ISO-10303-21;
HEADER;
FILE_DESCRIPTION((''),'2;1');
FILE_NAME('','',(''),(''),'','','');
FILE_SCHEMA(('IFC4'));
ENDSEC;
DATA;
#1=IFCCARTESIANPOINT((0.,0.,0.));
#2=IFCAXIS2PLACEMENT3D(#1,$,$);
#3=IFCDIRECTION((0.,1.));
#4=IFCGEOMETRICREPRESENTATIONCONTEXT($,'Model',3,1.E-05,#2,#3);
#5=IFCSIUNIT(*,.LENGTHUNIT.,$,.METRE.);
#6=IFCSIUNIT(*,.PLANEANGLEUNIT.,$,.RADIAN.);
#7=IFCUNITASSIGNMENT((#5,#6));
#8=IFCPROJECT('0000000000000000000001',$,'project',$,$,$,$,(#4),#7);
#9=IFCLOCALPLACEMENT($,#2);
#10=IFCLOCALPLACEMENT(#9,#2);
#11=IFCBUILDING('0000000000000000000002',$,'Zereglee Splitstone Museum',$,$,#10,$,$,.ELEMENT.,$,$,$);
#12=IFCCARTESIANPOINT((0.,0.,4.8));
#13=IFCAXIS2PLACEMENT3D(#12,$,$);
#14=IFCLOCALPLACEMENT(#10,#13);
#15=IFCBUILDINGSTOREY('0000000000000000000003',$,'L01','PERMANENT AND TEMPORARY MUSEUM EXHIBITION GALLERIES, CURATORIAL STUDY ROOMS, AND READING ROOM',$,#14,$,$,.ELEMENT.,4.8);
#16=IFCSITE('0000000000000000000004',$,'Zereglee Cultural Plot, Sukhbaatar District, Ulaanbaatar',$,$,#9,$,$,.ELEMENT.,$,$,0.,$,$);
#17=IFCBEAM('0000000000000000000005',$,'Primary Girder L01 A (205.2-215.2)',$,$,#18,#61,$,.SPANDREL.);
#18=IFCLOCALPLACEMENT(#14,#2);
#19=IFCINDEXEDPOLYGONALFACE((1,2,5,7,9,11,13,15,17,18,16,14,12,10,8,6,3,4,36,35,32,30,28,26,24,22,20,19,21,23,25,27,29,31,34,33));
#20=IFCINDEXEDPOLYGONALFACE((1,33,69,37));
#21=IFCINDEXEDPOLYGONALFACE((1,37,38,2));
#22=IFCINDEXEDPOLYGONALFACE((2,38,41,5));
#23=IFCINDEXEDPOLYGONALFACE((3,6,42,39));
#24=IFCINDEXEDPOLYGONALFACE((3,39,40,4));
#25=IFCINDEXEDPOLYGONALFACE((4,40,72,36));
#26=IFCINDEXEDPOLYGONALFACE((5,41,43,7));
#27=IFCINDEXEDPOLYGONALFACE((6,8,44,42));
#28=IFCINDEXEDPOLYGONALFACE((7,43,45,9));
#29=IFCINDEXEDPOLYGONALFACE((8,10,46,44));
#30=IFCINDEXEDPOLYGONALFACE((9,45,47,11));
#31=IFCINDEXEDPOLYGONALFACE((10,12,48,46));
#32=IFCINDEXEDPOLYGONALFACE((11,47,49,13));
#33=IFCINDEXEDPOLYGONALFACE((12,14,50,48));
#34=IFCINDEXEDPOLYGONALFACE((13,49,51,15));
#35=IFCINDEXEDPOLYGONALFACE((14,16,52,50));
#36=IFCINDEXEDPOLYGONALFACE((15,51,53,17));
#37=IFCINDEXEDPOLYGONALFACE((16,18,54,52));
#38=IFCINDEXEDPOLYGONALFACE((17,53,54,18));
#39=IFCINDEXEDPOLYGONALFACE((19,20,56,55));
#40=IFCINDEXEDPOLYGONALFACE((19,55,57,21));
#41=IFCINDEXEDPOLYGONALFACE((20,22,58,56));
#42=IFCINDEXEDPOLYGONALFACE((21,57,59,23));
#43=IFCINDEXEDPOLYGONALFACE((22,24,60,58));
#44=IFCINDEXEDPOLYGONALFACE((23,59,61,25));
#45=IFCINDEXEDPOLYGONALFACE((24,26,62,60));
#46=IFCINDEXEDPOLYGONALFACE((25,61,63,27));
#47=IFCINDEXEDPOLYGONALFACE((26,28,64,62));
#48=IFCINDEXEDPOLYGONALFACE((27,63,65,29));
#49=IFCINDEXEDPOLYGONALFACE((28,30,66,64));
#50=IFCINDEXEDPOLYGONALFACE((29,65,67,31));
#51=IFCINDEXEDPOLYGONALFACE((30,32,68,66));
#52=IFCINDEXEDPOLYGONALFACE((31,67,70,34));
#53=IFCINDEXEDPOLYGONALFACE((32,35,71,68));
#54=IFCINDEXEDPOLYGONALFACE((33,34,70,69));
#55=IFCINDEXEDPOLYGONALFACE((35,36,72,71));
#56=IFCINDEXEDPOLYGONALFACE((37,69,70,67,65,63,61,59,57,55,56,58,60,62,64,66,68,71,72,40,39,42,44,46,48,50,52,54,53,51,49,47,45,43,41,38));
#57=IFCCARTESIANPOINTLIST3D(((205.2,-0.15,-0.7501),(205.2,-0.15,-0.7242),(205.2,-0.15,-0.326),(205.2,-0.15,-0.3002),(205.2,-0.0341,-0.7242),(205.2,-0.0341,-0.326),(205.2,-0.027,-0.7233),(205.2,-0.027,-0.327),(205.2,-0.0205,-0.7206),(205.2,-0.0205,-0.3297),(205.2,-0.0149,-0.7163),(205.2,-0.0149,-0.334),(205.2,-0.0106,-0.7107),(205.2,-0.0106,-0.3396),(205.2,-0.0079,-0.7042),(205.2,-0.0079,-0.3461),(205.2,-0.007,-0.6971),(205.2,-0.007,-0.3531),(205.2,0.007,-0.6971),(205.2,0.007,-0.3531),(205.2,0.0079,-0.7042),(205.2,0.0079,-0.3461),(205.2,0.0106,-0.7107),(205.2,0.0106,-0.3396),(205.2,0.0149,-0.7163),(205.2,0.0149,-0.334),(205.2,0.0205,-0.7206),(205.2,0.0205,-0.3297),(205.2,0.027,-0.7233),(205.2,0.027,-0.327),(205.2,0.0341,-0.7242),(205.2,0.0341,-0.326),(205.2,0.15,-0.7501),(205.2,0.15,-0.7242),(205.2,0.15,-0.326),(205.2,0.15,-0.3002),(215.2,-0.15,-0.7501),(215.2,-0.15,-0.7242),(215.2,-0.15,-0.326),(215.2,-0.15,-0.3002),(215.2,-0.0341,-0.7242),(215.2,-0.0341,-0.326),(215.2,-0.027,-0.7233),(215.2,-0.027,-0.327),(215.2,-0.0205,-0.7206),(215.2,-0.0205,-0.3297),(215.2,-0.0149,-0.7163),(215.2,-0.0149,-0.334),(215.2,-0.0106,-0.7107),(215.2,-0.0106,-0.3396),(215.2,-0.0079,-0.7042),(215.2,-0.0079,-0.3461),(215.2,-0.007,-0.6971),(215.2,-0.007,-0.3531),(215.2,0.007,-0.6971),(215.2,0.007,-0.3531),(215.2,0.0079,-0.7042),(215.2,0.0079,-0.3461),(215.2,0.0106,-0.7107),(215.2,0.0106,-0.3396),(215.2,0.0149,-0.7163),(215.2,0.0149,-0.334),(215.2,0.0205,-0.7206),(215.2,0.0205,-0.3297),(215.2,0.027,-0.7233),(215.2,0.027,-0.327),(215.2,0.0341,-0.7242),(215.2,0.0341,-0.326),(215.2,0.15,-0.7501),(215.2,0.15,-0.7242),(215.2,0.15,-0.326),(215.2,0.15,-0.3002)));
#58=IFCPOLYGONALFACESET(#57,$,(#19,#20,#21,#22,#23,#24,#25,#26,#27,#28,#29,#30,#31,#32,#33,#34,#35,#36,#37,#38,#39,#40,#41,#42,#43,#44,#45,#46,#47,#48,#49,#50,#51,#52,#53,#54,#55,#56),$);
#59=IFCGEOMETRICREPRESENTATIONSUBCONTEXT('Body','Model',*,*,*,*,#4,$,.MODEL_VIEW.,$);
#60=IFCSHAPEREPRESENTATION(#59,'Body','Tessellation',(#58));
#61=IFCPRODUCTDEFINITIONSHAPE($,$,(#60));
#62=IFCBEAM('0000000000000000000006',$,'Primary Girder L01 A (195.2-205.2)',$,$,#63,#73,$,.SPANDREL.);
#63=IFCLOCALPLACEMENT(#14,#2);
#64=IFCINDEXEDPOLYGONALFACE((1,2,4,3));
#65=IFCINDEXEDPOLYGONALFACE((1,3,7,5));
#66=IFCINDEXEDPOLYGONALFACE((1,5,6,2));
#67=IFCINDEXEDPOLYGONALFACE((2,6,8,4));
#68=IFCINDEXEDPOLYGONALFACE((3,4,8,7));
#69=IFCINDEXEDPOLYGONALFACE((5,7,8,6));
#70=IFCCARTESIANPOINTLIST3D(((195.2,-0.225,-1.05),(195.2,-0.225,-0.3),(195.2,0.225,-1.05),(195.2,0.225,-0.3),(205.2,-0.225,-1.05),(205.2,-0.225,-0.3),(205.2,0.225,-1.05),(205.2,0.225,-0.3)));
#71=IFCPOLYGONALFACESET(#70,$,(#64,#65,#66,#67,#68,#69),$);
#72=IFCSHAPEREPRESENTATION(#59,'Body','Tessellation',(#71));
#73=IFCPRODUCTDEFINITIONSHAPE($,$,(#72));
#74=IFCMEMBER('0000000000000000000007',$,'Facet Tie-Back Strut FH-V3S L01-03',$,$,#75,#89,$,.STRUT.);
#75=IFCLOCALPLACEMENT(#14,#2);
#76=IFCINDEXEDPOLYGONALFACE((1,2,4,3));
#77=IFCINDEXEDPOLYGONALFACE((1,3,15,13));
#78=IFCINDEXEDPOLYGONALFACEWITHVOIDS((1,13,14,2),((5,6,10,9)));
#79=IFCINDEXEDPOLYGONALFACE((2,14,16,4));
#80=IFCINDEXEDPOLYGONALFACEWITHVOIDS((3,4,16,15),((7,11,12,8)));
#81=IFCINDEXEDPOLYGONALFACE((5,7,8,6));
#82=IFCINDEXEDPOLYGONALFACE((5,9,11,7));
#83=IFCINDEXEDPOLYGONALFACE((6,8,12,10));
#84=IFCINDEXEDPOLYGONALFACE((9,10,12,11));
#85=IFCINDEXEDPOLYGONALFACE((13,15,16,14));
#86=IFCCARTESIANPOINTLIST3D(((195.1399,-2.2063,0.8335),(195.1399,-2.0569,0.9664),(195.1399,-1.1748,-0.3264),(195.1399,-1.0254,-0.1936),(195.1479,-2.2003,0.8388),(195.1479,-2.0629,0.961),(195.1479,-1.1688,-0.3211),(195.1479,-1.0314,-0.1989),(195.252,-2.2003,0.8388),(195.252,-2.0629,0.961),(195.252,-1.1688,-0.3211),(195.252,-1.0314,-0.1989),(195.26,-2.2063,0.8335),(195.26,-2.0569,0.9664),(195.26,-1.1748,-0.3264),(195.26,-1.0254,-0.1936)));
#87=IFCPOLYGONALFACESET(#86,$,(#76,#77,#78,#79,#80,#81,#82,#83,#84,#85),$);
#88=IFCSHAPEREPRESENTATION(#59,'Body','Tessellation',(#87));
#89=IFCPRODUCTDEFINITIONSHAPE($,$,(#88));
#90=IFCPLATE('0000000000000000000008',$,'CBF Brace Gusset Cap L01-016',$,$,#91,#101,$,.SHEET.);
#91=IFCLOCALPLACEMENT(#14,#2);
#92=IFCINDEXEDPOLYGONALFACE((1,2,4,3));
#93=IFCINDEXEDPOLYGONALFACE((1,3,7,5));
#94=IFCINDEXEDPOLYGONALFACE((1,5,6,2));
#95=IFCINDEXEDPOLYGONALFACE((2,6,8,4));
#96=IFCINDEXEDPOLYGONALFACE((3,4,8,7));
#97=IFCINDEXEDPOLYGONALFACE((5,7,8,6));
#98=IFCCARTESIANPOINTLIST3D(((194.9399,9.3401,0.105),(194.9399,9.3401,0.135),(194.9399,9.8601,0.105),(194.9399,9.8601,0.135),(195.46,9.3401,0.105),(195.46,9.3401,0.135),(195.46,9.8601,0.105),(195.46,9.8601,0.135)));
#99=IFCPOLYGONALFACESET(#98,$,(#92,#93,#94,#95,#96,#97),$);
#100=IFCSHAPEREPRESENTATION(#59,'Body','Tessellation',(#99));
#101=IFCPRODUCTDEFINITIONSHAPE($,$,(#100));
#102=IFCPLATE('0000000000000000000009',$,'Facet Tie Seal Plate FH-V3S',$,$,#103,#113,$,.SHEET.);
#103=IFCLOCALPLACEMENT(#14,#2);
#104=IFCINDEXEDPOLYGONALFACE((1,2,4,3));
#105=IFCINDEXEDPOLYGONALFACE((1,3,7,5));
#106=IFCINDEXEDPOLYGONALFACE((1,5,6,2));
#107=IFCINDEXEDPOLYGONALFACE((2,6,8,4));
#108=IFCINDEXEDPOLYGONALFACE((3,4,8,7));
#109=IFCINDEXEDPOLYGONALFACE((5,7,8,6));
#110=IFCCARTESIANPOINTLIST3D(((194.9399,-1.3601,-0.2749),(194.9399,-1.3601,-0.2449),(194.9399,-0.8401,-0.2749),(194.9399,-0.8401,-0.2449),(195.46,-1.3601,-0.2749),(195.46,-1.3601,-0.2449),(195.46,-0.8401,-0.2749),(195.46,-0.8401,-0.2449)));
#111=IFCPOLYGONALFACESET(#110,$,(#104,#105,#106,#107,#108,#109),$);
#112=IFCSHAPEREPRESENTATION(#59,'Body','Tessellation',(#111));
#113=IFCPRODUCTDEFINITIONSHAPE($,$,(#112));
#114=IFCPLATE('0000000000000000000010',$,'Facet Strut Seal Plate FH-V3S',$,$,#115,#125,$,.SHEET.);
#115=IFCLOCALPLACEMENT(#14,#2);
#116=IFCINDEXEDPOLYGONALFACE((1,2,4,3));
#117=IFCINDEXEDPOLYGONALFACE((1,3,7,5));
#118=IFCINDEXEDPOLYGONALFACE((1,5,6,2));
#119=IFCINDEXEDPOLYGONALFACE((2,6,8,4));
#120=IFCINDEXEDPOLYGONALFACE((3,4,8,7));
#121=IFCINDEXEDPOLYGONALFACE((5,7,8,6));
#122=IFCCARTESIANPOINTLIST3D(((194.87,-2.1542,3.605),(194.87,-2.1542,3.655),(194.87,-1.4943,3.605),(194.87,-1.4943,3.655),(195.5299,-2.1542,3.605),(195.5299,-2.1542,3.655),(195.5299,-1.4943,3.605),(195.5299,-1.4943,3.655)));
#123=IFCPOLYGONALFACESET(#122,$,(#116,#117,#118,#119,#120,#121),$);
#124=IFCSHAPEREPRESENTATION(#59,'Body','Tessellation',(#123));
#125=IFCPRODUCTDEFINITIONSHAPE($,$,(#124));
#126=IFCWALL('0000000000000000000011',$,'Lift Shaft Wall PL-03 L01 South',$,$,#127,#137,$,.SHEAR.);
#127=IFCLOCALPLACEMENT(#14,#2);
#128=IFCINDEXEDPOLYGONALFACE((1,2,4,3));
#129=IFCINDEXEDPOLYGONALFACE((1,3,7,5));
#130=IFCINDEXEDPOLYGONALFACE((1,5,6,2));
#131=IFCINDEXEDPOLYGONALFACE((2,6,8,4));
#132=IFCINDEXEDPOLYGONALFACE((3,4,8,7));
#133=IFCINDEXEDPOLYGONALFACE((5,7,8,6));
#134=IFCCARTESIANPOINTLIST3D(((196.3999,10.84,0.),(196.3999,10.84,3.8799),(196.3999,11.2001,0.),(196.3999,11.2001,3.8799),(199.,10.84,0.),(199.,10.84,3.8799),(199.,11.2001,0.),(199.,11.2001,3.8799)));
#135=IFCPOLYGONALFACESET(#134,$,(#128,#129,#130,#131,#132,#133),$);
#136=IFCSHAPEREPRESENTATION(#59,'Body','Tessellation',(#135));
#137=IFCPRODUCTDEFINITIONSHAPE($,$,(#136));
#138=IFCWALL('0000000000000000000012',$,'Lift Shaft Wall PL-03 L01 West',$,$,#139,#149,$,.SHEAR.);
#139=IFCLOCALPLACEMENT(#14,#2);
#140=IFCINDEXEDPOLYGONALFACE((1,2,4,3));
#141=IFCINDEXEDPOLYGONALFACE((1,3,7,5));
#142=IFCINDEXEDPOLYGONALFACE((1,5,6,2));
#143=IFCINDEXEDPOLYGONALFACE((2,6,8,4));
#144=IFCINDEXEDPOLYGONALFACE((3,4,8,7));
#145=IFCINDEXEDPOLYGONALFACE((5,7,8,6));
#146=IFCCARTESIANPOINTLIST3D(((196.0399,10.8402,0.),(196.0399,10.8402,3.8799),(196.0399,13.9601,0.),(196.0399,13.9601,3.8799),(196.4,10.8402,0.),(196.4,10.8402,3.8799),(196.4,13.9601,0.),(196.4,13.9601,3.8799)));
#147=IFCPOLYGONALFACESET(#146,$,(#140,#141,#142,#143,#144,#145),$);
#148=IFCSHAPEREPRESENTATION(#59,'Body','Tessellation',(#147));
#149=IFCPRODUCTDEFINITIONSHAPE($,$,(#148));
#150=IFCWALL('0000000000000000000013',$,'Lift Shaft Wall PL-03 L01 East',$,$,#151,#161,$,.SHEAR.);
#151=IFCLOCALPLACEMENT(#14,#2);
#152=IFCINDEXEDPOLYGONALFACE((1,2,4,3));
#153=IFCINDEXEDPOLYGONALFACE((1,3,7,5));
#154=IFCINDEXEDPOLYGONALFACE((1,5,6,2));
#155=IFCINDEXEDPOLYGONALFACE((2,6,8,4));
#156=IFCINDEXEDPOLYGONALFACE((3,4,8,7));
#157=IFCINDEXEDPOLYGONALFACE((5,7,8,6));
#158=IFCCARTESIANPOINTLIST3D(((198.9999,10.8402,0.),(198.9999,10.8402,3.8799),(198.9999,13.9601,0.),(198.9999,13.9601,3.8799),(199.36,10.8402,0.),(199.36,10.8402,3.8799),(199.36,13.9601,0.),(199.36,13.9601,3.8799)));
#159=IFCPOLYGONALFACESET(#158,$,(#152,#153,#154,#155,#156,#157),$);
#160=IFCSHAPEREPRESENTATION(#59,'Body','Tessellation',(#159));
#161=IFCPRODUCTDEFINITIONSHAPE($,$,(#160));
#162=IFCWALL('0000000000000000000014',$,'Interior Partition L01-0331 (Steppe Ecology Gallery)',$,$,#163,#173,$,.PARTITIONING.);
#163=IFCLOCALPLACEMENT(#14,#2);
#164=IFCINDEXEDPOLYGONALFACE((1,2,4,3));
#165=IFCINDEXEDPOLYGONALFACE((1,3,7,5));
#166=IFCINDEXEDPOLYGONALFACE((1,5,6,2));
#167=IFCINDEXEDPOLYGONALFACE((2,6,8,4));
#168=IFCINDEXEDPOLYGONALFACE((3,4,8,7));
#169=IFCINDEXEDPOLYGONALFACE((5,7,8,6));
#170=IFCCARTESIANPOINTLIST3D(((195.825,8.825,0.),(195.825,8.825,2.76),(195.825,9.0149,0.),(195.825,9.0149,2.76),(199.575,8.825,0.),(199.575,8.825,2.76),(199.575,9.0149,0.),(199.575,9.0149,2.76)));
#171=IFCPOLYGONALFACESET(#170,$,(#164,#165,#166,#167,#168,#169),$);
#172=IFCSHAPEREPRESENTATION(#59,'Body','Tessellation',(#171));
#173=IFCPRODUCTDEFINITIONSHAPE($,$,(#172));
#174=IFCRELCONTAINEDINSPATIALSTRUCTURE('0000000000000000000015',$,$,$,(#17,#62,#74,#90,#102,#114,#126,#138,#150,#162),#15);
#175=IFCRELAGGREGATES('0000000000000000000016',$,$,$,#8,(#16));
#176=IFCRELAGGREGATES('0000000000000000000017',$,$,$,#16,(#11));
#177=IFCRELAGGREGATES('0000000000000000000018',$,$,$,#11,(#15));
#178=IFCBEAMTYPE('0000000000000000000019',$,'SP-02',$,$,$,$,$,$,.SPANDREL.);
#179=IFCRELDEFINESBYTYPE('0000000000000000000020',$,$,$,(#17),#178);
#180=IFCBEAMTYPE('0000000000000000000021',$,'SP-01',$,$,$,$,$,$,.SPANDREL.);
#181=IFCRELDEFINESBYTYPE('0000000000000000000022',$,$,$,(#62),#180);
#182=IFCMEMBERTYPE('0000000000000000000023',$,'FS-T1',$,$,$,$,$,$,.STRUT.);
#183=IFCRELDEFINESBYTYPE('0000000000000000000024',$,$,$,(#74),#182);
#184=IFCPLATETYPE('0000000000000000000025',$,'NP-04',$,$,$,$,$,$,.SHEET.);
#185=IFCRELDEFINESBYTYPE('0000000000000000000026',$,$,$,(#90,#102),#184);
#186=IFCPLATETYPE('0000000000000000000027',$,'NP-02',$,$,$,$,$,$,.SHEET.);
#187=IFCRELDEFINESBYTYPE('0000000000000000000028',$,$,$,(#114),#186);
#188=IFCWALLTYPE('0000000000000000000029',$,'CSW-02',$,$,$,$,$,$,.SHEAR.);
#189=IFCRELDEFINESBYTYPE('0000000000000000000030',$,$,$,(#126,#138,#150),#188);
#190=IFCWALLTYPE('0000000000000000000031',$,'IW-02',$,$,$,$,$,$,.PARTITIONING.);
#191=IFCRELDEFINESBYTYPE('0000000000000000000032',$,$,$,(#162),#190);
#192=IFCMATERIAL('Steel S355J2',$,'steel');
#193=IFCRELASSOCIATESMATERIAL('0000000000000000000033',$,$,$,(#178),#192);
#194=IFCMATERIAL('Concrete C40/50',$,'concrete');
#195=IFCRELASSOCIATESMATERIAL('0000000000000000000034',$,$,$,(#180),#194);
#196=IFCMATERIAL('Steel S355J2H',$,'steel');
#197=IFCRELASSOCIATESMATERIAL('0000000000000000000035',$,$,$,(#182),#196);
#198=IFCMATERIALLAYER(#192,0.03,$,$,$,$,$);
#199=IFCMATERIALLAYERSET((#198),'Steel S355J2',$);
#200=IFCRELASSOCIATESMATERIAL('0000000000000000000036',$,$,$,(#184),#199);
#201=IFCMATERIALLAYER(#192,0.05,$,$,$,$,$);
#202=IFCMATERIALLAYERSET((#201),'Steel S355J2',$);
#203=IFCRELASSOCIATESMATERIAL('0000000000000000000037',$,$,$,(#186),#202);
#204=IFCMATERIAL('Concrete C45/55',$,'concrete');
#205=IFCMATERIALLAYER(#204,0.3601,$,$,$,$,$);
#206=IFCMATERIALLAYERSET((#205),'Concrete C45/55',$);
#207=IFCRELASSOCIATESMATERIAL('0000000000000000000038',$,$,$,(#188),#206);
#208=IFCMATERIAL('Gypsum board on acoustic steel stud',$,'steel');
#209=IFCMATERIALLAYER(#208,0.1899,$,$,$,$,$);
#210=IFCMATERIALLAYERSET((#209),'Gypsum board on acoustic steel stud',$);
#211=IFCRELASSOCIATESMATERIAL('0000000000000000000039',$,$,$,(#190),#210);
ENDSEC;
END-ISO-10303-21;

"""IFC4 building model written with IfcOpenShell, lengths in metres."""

from ifc_helpers import new_model, si_unit, direction, frame, frame_2d, origin, origin_2d, place, context, subcontext, project, spatial, rectangle, hollow_rectangle, i_section, extrude, material, layer, layer_set, material_profile, profile_set, type_object, element, save


model = new_model("IFC4")

# Units and contexts
model_context = context("Model", 3, precision=1e-05, world=origin(), true_north=direction((0.0, 1.0)))
body_context = subcontext(model_context, "Body", "Model", "MODEL_VIEW")
ifc_project = project(units=[si_unit("LENGTHUNIT", "METRE"), si_unit("PLANEANGLEUNIT", "RADIAN")], contexts=[model_context])

# Site, building, storey
site_placement = place(None, origin())
site = spatial("IfcSite", under=ifc_project, at=site_placement, Name="Zereglee Cultural Plot, Sukhbaatar District, Ulaanbaatar", CompositionType="ELEMENT", RefElevation=0.0)
building_placement = place(site_placement, origin())
building = spatial("IfcBuilding", under=site, at=building_placement, Name="Zereglee Splitstone Museum", CompositionType="ELEMENT")
storey_placement = place(building_placement, frame((0.0, 0.0, 4.8)))
storey = spatial("IfcBuildingStorey", under=building, at=storey_placement, Name="L01", Description="PERMANENT AND TEMPORARY MUSEUM EXHIBITION GALLERIES, CURATORIAL STUDY ROOMS, AND READING ROOM", CompositionType="ELEMENT", Elevation=4.8)

# Shared definitions
ifc_material_1 = material(Name="Steel S355J2H", Category="steel")
ifc_material_2 = material(Name="Steel S355J2", Category="steel")

# Shared definitions
ifc_material_3 = material(Name="Concrete C40/50", Category="concrete")

# Beams
ifc_material_profile_1 = material_profile(ifc_material_2, i_section(OverallWidth=0.3, OverallDepth=0.45, WebThickness=0.0139, FlangeThickness=0.0259, FilletRadius=0.0271, at=origin_2d()), Name="HE 450 B")
ifc_profile_set_1 = profile_set([ifc_material_profile_1], Name="Steel S355J2")
beam_type_1 = type_object("IfcBeamType", Name="SP-02", PredefinedType="SPANDREL", material=ifc_profile_set_1)
beam_1_placement = place(storey_placement, frame((205.2, 0.0, -0.5251), z_axis=(1.0, 0.0, 0.0), x_axis=(0.0, 1.0, 0.0)))
element("IfcBeam", 1, at=beam_1_placement, inside=storey, type_object=beam_type_1, Name="Primary Girder L01 A (205.2-215.2)", PredefinedType="SPANDREL", context=body_context, shape_type="SweptSolid", body=[
    extrude(i_section(OverallWidth=0.3, OverallDepth=0.45, WebThickness=0.0139, FlangeThickness=0.0259, FilletRadius=0.0271, at=origin_2d()), origin(), (0.0, 0.0, 1.0), 10.0),
])
ifc_material_profile_2 = material_profile(ifc_material_3, rectangle(XDim=0.45, YDim=0.75, at=origin_2d()), Name="RC 450x750")
ifc_profile_set_2 = profile_set([ifc_material_profile_2], Name="Concrete C40/50")
beam_type_2 = type_object("IfcBeamType", Name="SP-01", PredefinedType="SPANDREL", material=ifc_profile_set_2)
beam_2_placement = place(storey_placement, frame((195.2, 0.0, -0.675), z_axis=(1.0, 0.0, 0.0), x_axis=(0.0, 1.0, 0.0)))
element("IfcBeam", 2, at=beam_2_placement, inside=storey, type_object=beam_type_2, Name="Primary Girder L01 A (195.2-205.2)", PredefinedType="SPANDREL", context=body_context, shape_type="SweptSolid", body=[
    extrude(rectangle(XDim=0.45, YDim=0.75, at=origin_2d()), origin(), (0.0, 0.0, 1.0), 10.0),
])

# Member
ifc_material_profile_3 = material_profile(ifc_material_1, hollow_rectangle(XDim=0.1201, YDim=0.2, WallThickness=0.0081, at=origin_2d()), Name="RHS 200x120x8")
ifc_profile_set_3 = profile_set([ifc_material_profile_3], Name="Steel S355J2H")
member_type_1 = type_object("IfcMemberType", Name="FS-T1", PredefinedType="STRUT", material=ifc_profile_set_3)
member_1_placement = place(storey_placement, frame((195.2, -1.1001, -0.26), z_axis=(0.0, -0.66453, 0.747262), x_axis=(1.0, 0.0, 0.0)))
element("IfcMember", 3, at=member_1_placement, inside=storey, type_object=member_type_1, Name="Facet Tie-Back Strut FH-V3S L01-03", PredefinedType="STRUT", context=body_context, shape_type="SweptSolid", body=[
    extrude(hollow_rectangle(XDim=0.1201, YDim=0.2, WallThickness=0.0081, at=origin_2d()), origin(), (0.0, 0.0, 1.0), 1.5522),
])

# Plates
ifc_layer_1 = layer(ifc_material_2, 0.03)
ifc_layer_set_1 = layer_set([ifc_layer_1], Name="Steel S355J2")
plate_type_1 = type_object("IfcPlateType", Name="NP-04", PredefinedType="SHEET", material=ifc_layer_set_1)
for number, where, z_axis, x_axis, name in (
    (4, (195.2, 9.6001, 0.105), (0.0, 0.0, 1.0), (1.0, 0.0, 0.0), "CBF Brace Gusset Cap L01-016"),
    (5, (195.2, -1.1001, -0.2749), (0.0, 0.0, 1.0), (1.0, 0.0, 0.0), "Facet Tie Seal Plate FH-V3S"),
):
    element("IfcPlate", number, at=place(storey_placement, frame(where, z_axis=z_axis, x_axis=x_axis)), inside=storey, type_object=plate_type_1, Name=name, PredefinedType="SHEET", context=body_context, shape_type="SweptSolid", body=[
        extrude(rectangle(XDim=0.52, YDim=0.52, at=origin_2d()), origin(), (0.0, 0.0, 1.0), 0.03),
    ])
ifc_layer_2 = layer(ifc_material_2, 0.05)
ifc_layer_set_2 = layer_set([ifc_layer_2], Name="Steel S355J2")
plate_type_2 = type_object("IfcPlateType", Name="NP-02", PredefinedType="SHEET", material=ifc_layer_set_2)
plate_placement = place(storey_placement, frame((195.2, -1.8242, 3.605), z_axis=(0.0, 0.0, 1.0), x_axis=(1.0, 0.0, 0.0)))
element("IfcPlate", 6, at=plate_placement, inside=storey, type_object=plate_type_2, Name="Facet Strut Seal Plate FH-V3S", PredefinedType="SHEET", context=body_context, shape_type="SweptSolid", body=[
    extrude(rectangle(XDim=0.6599, YDim=0.6599, at=origin_2d()), origin(), (0.0, 0.0, 1.0), 0.05),
])

# Shared definitions
ifc_material_4 = material(Name="Concrete C45/55", Category="concrete")
ifc_layer_3 = layer(ifc_material_4, 0.3601)
ifc_layer_set_3 = layer_set([ifc_layer_3], Name="Concrete C45/55")
wall_type_1 = type_object("IfcWallType", Name="CSW-02", PredefinedType="SHEAR", material=ifc_layer_set_3)

# Walls
wall_1_placement = place(storey_placement, frame((196.3999, 11.02, 0.0), z_axis=(0.0, 0.0, 1.0), x_axis=(1.0, 0.0, 0.0)))
element("IfcWall", 7, at=wall_1_placement, inside=storey, type_object=wall_type_1, Name="Lift Shaft Wall PL-03 L01 South", PredefinedType="SHEAR", context=body_context, shape_type="SweptSolid", body=[
    extrude(rectangle(XDim=2.6001, YDim=0.3601, at=frame_2d((1.3, 0.0))), origin(), (0.0, 0.0, 1.0), 3.8799),
])
for number, where, z_axis, x_axis, name in (
    (8, (196.22, 10.8401, 0.0), (0.0, 0.0, 1.0), (0.0, 1.0, 0.0), "Lift Shaft Wall PL-03 L01 West"),
    (9, (199.1799, 10.8401, 0.0), (0.0, 0.0, 1.0), (0.0, 1.0, 0.0), "Lift Shaft Wall PL-03 L01 East"),
):
    element("IfcWall", number, at=place(storey_placement, frame(where, z_axis=z_axis, x_axis=x_axis)), inside=storey, type_object=wall_type_1, Name=name, PredefinedType="SHEAR", context=body_context, shape_type="SweptSolid", body=[
        extrude(rectangle(XDim=3.1199, YDim=0.3601, at=frame_2d((1.5601, 0.0))), origin(), (0.0, 0.0, 1.0), 3.8799),
    ])
ifc_material_5 = material(Name="Gypsum board on acoustic steel stud", Category="steel")
ifc_layer_4 = layer(ifc_material_5, 0.1899)
ifc_layer_set_4 = layer_set([ifc_layer_4], Name="Gypsum board on acoustic steel stud")
wall_type_2 = type_object("IfcWallType", Name="IW-02", PredefinedType="PARTITIONING", material=ifc_layer_set_4)
wall_2_placement = place(storey_placement, frame((195.825, 8.9199, 0.0), z_axis=(0.0, 0.0, 1.0), x_axis=(1.0, 0.0, 0.0)))
element("IfcWall", 10, at=wall_2_placement, inside=storey, type_object=wall_type_2, Name="Interior Partition L01-0331 (Steppe Ecology Gallery)", PredefinedType="PARTITIONING", context=body_context, shape_type="SweptSolid", body=[
    extrude(rectangle(XDim=3.75, YDim=0.1899, at=frame_2d((1.875, 0.0))), origin(), (0.0, 0.0, 1.0), 2.76),
])

save(model, "model.ifc")
